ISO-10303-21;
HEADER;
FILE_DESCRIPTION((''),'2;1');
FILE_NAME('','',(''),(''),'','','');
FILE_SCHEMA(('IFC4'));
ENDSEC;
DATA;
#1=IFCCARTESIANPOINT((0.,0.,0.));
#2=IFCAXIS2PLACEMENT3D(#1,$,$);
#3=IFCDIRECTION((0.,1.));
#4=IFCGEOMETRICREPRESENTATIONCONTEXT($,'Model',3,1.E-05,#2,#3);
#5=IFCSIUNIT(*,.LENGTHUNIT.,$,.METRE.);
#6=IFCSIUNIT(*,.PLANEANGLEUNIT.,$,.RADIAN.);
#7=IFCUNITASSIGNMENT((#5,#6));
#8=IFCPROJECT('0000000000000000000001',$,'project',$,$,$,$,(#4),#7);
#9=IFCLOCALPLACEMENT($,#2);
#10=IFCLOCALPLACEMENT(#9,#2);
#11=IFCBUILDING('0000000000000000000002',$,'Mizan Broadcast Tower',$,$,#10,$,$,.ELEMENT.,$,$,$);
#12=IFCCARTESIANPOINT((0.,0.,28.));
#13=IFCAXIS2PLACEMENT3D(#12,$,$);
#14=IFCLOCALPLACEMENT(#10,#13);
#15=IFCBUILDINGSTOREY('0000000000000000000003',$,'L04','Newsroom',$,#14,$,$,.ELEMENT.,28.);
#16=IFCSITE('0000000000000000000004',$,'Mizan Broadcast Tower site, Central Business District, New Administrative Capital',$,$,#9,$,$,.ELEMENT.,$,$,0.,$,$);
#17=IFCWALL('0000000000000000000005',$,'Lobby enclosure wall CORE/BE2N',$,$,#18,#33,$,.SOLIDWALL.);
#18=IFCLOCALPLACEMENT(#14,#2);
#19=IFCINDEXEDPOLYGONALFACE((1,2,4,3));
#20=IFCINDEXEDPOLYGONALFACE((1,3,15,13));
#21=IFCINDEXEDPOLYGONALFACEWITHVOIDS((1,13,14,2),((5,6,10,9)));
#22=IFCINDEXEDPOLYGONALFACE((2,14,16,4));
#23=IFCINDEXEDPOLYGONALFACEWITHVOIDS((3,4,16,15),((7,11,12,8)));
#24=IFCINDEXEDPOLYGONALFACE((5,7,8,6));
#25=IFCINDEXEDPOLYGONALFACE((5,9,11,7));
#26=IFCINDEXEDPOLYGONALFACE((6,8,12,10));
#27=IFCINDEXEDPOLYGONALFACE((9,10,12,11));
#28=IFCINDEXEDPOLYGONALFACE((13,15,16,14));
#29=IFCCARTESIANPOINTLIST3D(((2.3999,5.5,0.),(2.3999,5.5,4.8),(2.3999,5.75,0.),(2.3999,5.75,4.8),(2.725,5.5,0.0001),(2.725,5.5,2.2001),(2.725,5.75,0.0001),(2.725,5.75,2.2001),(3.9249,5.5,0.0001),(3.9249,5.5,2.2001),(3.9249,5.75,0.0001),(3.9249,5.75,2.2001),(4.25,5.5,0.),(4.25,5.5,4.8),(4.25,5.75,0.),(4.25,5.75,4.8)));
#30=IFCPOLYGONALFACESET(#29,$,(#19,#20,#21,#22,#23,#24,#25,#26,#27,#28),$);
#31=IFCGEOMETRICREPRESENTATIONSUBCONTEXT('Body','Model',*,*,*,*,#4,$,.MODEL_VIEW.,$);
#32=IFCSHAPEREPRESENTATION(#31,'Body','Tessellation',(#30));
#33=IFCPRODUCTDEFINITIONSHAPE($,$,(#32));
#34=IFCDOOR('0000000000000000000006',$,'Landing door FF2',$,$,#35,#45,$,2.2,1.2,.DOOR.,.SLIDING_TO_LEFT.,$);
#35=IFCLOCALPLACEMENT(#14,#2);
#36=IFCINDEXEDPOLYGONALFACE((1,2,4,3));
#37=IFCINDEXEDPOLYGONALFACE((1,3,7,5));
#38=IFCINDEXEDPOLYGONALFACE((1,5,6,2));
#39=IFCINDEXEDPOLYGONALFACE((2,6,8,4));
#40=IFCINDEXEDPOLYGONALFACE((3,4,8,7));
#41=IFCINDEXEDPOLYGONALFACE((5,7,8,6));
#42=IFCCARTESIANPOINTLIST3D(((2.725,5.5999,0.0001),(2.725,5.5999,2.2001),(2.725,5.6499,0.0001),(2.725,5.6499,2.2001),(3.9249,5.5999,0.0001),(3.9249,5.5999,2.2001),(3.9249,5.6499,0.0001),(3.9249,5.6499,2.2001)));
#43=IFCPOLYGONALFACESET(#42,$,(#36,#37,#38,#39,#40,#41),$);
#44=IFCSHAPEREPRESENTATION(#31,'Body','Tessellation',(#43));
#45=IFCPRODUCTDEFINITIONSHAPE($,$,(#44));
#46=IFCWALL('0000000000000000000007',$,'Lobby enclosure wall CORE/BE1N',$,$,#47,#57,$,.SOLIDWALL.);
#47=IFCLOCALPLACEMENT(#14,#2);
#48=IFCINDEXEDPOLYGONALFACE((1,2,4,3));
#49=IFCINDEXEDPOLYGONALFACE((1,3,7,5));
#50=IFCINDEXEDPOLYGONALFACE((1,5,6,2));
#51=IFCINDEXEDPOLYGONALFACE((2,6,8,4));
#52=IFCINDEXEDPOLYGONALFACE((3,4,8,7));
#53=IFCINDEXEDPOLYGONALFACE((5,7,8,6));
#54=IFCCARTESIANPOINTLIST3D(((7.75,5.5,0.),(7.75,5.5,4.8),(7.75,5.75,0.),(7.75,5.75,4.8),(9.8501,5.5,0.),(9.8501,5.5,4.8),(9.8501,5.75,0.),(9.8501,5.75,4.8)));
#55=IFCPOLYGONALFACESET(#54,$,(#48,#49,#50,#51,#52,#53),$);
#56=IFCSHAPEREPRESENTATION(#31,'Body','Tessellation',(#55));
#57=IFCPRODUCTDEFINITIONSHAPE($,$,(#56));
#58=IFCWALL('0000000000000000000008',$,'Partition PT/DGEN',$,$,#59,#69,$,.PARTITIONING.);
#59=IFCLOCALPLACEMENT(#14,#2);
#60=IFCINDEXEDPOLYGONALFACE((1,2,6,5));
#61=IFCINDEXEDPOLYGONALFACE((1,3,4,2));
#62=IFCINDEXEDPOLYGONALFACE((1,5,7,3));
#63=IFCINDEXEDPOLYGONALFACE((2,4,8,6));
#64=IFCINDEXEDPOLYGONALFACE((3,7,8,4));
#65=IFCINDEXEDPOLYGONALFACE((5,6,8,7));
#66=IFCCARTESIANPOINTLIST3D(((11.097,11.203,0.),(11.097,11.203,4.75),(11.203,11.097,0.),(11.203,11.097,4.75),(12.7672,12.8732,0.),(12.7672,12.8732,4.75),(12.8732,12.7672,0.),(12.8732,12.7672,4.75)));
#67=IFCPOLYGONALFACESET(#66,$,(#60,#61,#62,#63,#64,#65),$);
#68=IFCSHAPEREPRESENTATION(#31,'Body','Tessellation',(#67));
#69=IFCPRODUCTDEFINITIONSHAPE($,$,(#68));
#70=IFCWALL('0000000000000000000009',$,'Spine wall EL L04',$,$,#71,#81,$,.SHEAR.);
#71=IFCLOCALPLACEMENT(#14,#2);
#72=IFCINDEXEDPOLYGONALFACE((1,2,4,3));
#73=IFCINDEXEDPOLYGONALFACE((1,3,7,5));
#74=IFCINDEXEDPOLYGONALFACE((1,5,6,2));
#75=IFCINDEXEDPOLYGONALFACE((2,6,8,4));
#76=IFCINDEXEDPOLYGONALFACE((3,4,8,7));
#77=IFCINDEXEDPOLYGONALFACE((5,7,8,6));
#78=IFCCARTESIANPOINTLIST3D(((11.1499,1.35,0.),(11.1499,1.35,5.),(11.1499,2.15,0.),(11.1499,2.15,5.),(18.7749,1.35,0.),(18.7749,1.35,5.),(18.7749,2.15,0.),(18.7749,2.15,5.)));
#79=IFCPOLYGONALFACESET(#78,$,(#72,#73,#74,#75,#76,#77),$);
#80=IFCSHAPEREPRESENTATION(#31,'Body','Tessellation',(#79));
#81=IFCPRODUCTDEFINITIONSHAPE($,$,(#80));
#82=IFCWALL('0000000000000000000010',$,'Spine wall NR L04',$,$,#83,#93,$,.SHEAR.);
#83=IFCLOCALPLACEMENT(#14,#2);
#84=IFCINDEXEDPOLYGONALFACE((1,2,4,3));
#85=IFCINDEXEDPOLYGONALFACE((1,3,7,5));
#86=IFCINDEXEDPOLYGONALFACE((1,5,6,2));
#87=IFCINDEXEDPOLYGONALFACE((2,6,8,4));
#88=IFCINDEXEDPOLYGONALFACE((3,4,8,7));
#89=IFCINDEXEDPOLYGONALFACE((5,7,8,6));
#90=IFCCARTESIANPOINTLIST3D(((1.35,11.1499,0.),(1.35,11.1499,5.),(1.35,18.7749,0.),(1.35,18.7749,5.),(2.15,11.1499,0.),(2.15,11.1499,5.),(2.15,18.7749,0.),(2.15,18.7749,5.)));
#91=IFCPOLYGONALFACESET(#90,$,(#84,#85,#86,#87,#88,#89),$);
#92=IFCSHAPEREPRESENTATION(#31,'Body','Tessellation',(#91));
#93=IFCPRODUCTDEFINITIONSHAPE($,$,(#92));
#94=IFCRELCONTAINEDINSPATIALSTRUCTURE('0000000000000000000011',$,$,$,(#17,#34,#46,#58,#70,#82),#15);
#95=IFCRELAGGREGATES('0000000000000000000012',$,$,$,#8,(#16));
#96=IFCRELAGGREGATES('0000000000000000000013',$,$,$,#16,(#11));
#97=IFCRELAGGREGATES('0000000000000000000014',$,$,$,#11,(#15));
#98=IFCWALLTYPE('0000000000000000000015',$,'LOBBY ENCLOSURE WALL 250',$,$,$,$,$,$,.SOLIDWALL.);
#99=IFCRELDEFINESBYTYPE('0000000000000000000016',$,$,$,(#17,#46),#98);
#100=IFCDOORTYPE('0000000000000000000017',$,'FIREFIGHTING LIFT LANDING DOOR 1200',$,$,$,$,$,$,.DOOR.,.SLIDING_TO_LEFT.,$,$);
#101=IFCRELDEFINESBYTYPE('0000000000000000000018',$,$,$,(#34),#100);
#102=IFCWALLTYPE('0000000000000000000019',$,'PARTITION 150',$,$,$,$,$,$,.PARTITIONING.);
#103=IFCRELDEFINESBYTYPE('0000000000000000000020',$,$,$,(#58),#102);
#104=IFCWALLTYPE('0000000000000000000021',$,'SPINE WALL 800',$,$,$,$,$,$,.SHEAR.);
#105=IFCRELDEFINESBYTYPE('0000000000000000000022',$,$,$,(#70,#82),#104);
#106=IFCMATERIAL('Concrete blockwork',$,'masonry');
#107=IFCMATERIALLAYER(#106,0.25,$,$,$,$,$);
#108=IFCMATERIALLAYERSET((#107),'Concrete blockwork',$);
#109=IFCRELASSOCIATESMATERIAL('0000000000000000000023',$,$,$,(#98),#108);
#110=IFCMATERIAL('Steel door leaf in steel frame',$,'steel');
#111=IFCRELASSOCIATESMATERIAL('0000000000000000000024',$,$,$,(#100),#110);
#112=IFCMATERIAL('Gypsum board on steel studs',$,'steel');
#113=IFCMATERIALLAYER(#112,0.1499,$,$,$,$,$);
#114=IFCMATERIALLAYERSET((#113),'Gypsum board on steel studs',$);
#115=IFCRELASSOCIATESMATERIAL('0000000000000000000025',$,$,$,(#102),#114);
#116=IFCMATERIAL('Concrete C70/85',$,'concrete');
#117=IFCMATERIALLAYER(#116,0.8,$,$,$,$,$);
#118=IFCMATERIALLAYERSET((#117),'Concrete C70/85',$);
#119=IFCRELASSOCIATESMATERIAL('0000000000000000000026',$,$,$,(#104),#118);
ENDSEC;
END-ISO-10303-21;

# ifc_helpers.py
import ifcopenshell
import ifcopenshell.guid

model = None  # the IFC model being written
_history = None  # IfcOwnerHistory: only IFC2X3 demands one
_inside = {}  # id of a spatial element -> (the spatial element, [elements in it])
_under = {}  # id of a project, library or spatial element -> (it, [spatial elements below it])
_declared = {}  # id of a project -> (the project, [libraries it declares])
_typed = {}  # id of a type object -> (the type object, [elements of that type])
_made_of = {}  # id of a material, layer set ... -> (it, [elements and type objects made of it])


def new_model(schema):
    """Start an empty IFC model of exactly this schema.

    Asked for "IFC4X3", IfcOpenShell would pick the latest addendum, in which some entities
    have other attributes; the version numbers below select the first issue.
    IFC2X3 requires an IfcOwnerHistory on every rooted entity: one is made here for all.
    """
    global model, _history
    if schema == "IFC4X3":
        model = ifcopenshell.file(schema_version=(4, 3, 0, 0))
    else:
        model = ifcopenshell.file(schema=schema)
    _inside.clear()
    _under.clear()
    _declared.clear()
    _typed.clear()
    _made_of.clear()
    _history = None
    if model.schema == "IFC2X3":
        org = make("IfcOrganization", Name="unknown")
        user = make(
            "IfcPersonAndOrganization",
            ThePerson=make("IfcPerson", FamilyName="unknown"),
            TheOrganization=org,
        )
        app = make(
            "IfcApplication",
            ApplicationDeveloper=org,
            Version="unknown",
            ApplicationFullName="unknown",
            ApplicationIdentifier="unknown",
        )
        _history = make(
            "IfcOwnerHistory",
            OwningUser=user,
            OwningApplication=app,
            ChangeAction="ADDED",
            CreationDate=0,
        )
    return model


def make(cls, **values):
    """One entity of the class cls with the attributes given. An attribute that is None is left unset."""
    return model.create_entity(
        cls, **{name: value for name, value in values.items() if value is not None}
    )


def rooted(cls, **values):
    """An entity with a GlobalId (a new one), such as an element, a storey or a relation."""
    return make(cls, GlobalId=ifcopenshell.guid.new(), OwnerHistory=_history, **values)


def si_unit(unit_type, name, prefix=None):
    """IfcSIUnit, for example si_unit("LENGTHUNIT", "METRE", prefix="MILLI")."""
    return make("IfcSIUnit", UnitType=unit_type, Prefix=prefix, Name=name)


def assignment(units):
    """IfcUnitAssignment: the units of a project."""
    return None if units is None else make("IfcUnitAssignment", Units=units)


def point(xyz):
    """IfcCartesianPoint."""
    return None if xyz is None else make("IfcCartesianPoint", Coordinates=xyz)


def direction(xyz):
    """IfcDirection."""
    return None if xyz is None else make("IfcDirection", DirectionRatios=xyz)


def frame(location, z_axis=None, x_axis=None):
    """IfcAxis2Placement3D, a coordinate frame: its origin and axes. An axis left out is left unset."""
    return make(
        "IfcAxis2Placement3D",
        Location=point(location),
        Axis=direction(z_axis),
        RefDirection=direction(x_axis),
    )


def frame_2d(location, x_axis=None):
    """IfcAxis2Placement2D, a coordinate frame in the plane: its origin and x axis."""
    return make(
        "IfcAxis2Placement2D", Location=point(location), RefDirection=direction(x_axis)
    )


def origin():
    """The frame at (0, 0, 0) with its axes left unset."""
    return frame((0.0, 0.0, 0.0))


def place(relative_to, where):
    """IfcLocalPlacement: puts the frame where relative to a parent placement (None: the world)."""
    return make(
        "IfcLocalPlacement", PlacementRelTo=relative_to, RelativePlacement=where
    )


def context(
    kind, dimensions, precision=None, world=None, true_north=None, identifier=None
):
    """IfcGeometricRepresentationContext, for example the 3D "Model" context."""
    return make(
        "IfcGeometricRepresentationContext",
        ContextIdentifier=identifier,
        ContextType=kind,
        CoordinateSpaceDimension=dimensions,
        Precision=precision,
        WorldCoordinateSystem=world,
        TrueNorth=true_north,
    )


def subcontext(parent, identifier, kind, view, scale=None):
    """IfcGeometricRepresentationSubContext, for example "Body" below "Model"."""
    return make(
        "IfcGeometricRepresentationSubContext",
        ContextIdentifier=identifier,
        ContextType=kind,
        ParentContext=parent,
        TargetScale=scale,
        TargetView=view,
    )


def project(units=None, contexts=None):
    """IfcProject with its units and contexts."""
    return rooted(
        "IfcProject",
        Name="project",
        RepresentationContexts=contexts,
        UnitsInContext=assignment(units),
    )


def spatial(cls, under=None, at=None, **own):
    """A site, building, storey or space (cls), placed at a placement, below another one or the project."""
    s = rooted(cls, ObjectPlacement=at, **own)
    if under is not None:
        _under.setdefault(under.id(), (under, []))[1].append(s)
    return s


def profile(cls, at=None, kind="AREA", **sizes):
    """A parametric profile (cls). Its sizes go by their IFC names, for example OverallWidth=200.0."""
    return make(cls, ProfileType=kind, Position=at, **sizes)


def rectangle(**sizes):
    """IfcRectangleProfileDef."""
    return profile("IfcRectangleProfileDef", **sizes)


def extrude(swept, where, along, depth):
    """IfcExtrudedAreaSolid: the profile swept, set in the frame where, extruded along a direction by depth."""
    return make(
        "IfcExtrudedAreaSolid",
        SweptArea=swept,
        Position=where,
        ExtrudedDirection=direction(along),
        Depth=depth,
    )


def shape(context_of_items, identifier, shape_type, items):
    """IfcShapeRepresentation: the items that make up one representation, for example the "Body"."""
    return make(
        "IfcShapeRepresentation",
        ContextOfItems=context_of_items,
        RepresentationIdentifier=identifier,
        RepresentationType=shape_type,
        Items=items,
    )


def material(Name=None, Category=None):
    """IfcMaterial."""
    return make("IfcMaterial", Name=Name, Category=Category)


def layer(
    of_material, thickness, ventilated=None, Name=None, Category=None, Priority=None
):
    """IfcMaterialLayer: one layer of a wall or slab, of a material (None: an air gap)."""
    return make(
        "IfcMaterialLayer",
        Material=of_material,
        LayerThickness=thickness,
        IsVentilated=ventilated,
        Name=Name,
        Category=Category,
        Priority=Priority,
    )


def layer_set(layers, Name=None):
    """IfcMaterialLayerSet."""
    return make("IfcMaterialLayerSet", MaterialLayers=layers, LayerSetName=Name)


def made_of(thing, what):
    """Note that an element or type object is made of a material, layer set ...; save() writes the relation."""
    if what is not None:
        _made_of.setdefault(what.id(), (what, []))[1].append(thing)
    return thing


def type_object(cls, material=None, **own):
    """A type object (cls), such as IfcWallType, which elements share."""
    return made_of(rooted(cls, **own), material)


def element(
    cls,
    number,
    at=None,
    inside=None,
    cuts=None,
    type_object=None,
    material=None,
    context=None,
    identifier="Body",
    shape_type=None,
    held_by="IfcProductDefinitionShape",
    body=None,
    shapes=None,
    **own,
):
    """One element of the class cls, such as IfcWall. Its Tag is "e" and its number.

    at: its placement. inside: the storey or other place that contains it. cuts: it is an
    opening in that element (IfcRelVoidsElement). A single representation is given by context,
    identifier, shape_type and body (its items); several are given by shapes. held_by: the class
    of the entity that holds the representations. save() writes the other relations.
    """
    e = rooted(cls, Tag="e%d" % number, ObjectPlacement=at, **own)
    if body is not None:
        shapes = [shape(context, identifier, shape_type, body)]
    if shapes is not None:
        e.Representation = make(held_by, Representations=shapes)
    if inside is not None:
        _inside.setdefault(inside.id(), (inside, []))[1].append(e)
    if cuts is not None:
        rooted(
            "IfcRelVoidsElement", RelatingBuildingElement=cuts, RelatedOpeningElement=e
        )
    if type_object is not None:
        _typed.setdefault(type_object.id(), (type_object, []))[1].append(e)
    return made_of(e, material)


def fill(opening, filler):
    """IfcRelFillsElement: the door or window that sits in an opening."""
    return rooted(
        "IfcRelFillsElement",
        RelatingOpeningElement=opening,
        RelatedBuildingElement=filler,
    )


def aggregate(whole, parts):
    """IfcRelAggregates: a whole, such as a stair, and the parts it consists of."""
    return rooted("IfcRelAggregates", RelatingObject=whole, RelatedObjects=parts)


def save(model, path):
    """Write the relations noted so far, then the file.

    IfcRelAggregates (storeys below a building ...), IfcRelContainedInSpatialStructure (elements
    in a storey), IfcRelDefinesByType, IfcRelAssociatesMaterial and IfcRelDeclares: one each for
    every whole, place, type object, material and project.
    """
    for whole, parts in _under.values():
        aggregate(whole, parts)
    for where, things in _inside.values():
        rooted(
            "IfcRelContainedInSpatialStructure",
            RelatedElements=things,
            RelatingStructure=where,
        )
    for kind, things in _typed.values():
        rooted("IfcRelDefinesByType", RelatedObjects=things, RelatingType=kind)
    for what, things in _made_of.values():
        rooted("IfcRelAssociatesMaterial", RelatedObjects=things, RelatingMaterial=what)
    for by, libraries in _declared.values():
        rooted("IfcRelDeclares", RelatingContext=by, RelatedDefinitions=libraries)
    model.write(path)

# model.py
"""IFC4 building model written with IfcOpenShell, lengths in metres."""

from ifc_helpers import new_model, si_unit, direction, frame, frame_2d, origin, place, context, subcontext, project, spatial, rectangle, extrude, material, layer, layer_set, type_object, element, fill, save


model = new_model("IFC4")

# Units and contexts
model_context = context("Model", 3, precision=1e-05, world=origin(), true_north=direction((0.0, 1.0)))
body_context = subcontext(model_context, "Body", "Model", "MODEL_VIEW")
ifc_project = project(units=[si_unit("LENGTHUNIT", "METRE"), si_unit("PLANEANGLEUNIT", "RADIAN")], contexts=[model_context])

# Site, building, storey
site_placement = place(None, origin())
site = spatial("IfcSite", under=ifc_project, at=site_placement, Name="Mizan Broadcast Tower site, Central Business District, New Administrative Capital", CompositionType="ELEMENT", RefElevation=0.0)
building_placement = place(site_placement, origin())
building = spatial("IfcBuilding", under=site, at=building_placement, Name="Mizan Broadcast Tower", CompositionType="ELEMENT")
storey_placement = place(building_placement, frame((0.0, 0.0, 28.0)))
storey = spatial("IfcBuildingStorey", under=building, at=storey_placement, Name="L04", Description="Newsroom", CompositionType="ELEMENT", Elevation=28.0)

# Wall, opening, door
ifc_material_1 = material(Name="Concrete blockwork", Category="masonry")
ifc_layer_1 = layer(ifc_material_1, 0.25)
ifc_layer_set_1 = layer_set([ifc_layer_1], Name="Concrete blockwork")
wall_type_1 = type_object("IfcWallType", Name="LOBBY ENCLOSURE WALL 250", PredefinedType="SOLIDWALL", material=ifc_layer_set_1)
wall_1_placement = place(storey_placement, frame((2.3999, 5.625, 0.0), z_axis=(0.0, 0.0, 1.0), x_axis=(1.0, 0.0, 0.0)))
wall_1 = element("IfcWall", 1, at=wall_1_placement, inside=storey, type_object=wall_type_1, Name="Lobby enclosure wall CORE/BE2N", PredefinedType="SOLIDWALL", context=body_context, shape_type="SweptSolid", body=[
    extrude(rectangle(XDim=1.8501, YDim=0.25, at=frame_2d((0.925, 0.0))), origin(), (0.0, 0.0, 1.0), 4.8),
])
opening_1_placement = place(wall_1_placement, frame((0.325, 0.0, 0.0)))
opening_1 = element("IfcOpeningElement", 2, at=opening_1_placement, cuts=wall_1, PredefinedType="OPENING", context=body_context, shape_type="SweptSolid", body=[
    extrude(rectangle(XDim=1.2, YDim=2.2, at=frame_2d((0.6001, 1.1001))), frame((0.0, 0.135, 0.0), z_axis=(0.0, -1.0, 0.0), x_axis=(1.0, 0.0, 0.0)), (0.0, 0.0, 1.0), 0.27),
])
ifc_material_2 = material(Name="Steel door leaf in steel frame", Category="steel")
door_type_1 = type_object("IfcDoorType", Name="FIREFIGHTING LIFT LANDING DOOR 1200", OperationType="SLIDING_TO_LEFT", PredefinedType="DOOR", material=ifc_material_2)
door_1_placement = place(opening_1_placement, origin())
door_1 = element("IfcDoor", 3, at=door_1_placement, inside=storey, type_object=door_type_1, Name="Landing door FF2", OperationType="SLIDING_TO_LEFT", OverallHeight=2.2, OverallWidth=1.2, PredefinedType="DOOR", context=body_context, shape_type="SweptSolid", body=[
    extrude(rectangle(XDim=1.2, YDim=2.2, at=frame_2d((0.6001, 1.1001))), frame((0.0, 0.0249, 0.0), z_axis=(0.0, -1.0, 0.0), x_axis=(1.0, 0.0, 0.0)), (0.0, 0.0, 1.0), 0.05),
])
fill(opening_1, door_1)

# Walls
wall_2_placement = place(storey_placement, frame((7.75, 5.625, 0.0), z_axis=(0.0, 0.0, 1.0), x_axis=(1.0, 0.0, 0.0)))
element("IfcWall", 4, at=wall_2_placement, inside=storey, type_object=wall_type_1, Name="Lobby enclosure wall CORE/BE1N", PredefinedType="SOLIDWALL", context=body_context, shape_type="SweptSolid", body=[
    extrude(rectangle(XDim=2.1001, YDim=0.25, at=frame_2d((1.05, 0.0))), origin(), (0.0, 0.0, 1.0), 4.8),
])
ifc_material_3 = material(Name="Gypsum board on steel studs", Category="steel")
ifc_layer_2 = layer(ifc_material_3, 0.1499)
ifc_layer_set_2 = layer_set([ifc_layer_2], Name="Gypsum board on steel studs")
wall_type_2 = type_object("IfcWallType", Name="PARTITION 150", PredefinedType="PARTITIONING", material=ifc_layer_set_2)
wall_3_placement = place(storey_placement, frame((11.1499, 11.1499, 0.0), z_axis=(0.0, 0.0, 1.0), x_axis=(0.707107, 0.707107, 0.0)))
element("IfcWall", 5, at=wall_3_placement, inside=storey, type_object=wall_type_2, Name="Partition PT/DGEN", PredefinedType="PARTITIONING", context=body_context, shape_type="SweptSolid", body=[
    extrude(rectangle(XDim=2.3621, YDim=0.1499, at=frame_2d((1.1812, 0.0))), origin(), (0.0, 0.0, 1.0), 4.75),
])
ifc_material_4 = material(Name="Concrete C70/85", Category="concrete")
ifc_layer_3 = layer(ifc_material_4, 0.8)
ifc_layer_set_3 = layer_set([ifc_layer_3], Name="Concrete C70/85")
wall_type_3 = type_object("IfcWallType", Name="SPINE WALL 800", PredefinedType="SHEAR", material=ifc_layer_set_3)
for number, where, z_axis, x_axis, name in (
    (6, (11.1499, 1.75, 0.0), (0.0, 0.0, 1.0), (1.0, 0.0, 0.0), "Spine wall EL L04"),
    (7, (1.75, 11.1499, 0.0), (0.0, 0.0, 1.0), (0.0, 1.0, 0.0), "Spine wall NR L04"),
):
    element("IfcWall", number, at=place(storey_placement, frame(where, z_axis=z_axis, x_axis=x_axis)), inside=storey, type_object=wall_type_3, Name=name, PredefinedType="SHEAR", context=body_context, shape_type="SweptSolid", body=[
        extrude(rectangle(XDim=7.625, YDim=0.8, at=frame_2d((3.8125, 0.0))), origin(), (0.0, 0.0, 1.0), 5.0),
    ])

save(model, "model.ifc")
